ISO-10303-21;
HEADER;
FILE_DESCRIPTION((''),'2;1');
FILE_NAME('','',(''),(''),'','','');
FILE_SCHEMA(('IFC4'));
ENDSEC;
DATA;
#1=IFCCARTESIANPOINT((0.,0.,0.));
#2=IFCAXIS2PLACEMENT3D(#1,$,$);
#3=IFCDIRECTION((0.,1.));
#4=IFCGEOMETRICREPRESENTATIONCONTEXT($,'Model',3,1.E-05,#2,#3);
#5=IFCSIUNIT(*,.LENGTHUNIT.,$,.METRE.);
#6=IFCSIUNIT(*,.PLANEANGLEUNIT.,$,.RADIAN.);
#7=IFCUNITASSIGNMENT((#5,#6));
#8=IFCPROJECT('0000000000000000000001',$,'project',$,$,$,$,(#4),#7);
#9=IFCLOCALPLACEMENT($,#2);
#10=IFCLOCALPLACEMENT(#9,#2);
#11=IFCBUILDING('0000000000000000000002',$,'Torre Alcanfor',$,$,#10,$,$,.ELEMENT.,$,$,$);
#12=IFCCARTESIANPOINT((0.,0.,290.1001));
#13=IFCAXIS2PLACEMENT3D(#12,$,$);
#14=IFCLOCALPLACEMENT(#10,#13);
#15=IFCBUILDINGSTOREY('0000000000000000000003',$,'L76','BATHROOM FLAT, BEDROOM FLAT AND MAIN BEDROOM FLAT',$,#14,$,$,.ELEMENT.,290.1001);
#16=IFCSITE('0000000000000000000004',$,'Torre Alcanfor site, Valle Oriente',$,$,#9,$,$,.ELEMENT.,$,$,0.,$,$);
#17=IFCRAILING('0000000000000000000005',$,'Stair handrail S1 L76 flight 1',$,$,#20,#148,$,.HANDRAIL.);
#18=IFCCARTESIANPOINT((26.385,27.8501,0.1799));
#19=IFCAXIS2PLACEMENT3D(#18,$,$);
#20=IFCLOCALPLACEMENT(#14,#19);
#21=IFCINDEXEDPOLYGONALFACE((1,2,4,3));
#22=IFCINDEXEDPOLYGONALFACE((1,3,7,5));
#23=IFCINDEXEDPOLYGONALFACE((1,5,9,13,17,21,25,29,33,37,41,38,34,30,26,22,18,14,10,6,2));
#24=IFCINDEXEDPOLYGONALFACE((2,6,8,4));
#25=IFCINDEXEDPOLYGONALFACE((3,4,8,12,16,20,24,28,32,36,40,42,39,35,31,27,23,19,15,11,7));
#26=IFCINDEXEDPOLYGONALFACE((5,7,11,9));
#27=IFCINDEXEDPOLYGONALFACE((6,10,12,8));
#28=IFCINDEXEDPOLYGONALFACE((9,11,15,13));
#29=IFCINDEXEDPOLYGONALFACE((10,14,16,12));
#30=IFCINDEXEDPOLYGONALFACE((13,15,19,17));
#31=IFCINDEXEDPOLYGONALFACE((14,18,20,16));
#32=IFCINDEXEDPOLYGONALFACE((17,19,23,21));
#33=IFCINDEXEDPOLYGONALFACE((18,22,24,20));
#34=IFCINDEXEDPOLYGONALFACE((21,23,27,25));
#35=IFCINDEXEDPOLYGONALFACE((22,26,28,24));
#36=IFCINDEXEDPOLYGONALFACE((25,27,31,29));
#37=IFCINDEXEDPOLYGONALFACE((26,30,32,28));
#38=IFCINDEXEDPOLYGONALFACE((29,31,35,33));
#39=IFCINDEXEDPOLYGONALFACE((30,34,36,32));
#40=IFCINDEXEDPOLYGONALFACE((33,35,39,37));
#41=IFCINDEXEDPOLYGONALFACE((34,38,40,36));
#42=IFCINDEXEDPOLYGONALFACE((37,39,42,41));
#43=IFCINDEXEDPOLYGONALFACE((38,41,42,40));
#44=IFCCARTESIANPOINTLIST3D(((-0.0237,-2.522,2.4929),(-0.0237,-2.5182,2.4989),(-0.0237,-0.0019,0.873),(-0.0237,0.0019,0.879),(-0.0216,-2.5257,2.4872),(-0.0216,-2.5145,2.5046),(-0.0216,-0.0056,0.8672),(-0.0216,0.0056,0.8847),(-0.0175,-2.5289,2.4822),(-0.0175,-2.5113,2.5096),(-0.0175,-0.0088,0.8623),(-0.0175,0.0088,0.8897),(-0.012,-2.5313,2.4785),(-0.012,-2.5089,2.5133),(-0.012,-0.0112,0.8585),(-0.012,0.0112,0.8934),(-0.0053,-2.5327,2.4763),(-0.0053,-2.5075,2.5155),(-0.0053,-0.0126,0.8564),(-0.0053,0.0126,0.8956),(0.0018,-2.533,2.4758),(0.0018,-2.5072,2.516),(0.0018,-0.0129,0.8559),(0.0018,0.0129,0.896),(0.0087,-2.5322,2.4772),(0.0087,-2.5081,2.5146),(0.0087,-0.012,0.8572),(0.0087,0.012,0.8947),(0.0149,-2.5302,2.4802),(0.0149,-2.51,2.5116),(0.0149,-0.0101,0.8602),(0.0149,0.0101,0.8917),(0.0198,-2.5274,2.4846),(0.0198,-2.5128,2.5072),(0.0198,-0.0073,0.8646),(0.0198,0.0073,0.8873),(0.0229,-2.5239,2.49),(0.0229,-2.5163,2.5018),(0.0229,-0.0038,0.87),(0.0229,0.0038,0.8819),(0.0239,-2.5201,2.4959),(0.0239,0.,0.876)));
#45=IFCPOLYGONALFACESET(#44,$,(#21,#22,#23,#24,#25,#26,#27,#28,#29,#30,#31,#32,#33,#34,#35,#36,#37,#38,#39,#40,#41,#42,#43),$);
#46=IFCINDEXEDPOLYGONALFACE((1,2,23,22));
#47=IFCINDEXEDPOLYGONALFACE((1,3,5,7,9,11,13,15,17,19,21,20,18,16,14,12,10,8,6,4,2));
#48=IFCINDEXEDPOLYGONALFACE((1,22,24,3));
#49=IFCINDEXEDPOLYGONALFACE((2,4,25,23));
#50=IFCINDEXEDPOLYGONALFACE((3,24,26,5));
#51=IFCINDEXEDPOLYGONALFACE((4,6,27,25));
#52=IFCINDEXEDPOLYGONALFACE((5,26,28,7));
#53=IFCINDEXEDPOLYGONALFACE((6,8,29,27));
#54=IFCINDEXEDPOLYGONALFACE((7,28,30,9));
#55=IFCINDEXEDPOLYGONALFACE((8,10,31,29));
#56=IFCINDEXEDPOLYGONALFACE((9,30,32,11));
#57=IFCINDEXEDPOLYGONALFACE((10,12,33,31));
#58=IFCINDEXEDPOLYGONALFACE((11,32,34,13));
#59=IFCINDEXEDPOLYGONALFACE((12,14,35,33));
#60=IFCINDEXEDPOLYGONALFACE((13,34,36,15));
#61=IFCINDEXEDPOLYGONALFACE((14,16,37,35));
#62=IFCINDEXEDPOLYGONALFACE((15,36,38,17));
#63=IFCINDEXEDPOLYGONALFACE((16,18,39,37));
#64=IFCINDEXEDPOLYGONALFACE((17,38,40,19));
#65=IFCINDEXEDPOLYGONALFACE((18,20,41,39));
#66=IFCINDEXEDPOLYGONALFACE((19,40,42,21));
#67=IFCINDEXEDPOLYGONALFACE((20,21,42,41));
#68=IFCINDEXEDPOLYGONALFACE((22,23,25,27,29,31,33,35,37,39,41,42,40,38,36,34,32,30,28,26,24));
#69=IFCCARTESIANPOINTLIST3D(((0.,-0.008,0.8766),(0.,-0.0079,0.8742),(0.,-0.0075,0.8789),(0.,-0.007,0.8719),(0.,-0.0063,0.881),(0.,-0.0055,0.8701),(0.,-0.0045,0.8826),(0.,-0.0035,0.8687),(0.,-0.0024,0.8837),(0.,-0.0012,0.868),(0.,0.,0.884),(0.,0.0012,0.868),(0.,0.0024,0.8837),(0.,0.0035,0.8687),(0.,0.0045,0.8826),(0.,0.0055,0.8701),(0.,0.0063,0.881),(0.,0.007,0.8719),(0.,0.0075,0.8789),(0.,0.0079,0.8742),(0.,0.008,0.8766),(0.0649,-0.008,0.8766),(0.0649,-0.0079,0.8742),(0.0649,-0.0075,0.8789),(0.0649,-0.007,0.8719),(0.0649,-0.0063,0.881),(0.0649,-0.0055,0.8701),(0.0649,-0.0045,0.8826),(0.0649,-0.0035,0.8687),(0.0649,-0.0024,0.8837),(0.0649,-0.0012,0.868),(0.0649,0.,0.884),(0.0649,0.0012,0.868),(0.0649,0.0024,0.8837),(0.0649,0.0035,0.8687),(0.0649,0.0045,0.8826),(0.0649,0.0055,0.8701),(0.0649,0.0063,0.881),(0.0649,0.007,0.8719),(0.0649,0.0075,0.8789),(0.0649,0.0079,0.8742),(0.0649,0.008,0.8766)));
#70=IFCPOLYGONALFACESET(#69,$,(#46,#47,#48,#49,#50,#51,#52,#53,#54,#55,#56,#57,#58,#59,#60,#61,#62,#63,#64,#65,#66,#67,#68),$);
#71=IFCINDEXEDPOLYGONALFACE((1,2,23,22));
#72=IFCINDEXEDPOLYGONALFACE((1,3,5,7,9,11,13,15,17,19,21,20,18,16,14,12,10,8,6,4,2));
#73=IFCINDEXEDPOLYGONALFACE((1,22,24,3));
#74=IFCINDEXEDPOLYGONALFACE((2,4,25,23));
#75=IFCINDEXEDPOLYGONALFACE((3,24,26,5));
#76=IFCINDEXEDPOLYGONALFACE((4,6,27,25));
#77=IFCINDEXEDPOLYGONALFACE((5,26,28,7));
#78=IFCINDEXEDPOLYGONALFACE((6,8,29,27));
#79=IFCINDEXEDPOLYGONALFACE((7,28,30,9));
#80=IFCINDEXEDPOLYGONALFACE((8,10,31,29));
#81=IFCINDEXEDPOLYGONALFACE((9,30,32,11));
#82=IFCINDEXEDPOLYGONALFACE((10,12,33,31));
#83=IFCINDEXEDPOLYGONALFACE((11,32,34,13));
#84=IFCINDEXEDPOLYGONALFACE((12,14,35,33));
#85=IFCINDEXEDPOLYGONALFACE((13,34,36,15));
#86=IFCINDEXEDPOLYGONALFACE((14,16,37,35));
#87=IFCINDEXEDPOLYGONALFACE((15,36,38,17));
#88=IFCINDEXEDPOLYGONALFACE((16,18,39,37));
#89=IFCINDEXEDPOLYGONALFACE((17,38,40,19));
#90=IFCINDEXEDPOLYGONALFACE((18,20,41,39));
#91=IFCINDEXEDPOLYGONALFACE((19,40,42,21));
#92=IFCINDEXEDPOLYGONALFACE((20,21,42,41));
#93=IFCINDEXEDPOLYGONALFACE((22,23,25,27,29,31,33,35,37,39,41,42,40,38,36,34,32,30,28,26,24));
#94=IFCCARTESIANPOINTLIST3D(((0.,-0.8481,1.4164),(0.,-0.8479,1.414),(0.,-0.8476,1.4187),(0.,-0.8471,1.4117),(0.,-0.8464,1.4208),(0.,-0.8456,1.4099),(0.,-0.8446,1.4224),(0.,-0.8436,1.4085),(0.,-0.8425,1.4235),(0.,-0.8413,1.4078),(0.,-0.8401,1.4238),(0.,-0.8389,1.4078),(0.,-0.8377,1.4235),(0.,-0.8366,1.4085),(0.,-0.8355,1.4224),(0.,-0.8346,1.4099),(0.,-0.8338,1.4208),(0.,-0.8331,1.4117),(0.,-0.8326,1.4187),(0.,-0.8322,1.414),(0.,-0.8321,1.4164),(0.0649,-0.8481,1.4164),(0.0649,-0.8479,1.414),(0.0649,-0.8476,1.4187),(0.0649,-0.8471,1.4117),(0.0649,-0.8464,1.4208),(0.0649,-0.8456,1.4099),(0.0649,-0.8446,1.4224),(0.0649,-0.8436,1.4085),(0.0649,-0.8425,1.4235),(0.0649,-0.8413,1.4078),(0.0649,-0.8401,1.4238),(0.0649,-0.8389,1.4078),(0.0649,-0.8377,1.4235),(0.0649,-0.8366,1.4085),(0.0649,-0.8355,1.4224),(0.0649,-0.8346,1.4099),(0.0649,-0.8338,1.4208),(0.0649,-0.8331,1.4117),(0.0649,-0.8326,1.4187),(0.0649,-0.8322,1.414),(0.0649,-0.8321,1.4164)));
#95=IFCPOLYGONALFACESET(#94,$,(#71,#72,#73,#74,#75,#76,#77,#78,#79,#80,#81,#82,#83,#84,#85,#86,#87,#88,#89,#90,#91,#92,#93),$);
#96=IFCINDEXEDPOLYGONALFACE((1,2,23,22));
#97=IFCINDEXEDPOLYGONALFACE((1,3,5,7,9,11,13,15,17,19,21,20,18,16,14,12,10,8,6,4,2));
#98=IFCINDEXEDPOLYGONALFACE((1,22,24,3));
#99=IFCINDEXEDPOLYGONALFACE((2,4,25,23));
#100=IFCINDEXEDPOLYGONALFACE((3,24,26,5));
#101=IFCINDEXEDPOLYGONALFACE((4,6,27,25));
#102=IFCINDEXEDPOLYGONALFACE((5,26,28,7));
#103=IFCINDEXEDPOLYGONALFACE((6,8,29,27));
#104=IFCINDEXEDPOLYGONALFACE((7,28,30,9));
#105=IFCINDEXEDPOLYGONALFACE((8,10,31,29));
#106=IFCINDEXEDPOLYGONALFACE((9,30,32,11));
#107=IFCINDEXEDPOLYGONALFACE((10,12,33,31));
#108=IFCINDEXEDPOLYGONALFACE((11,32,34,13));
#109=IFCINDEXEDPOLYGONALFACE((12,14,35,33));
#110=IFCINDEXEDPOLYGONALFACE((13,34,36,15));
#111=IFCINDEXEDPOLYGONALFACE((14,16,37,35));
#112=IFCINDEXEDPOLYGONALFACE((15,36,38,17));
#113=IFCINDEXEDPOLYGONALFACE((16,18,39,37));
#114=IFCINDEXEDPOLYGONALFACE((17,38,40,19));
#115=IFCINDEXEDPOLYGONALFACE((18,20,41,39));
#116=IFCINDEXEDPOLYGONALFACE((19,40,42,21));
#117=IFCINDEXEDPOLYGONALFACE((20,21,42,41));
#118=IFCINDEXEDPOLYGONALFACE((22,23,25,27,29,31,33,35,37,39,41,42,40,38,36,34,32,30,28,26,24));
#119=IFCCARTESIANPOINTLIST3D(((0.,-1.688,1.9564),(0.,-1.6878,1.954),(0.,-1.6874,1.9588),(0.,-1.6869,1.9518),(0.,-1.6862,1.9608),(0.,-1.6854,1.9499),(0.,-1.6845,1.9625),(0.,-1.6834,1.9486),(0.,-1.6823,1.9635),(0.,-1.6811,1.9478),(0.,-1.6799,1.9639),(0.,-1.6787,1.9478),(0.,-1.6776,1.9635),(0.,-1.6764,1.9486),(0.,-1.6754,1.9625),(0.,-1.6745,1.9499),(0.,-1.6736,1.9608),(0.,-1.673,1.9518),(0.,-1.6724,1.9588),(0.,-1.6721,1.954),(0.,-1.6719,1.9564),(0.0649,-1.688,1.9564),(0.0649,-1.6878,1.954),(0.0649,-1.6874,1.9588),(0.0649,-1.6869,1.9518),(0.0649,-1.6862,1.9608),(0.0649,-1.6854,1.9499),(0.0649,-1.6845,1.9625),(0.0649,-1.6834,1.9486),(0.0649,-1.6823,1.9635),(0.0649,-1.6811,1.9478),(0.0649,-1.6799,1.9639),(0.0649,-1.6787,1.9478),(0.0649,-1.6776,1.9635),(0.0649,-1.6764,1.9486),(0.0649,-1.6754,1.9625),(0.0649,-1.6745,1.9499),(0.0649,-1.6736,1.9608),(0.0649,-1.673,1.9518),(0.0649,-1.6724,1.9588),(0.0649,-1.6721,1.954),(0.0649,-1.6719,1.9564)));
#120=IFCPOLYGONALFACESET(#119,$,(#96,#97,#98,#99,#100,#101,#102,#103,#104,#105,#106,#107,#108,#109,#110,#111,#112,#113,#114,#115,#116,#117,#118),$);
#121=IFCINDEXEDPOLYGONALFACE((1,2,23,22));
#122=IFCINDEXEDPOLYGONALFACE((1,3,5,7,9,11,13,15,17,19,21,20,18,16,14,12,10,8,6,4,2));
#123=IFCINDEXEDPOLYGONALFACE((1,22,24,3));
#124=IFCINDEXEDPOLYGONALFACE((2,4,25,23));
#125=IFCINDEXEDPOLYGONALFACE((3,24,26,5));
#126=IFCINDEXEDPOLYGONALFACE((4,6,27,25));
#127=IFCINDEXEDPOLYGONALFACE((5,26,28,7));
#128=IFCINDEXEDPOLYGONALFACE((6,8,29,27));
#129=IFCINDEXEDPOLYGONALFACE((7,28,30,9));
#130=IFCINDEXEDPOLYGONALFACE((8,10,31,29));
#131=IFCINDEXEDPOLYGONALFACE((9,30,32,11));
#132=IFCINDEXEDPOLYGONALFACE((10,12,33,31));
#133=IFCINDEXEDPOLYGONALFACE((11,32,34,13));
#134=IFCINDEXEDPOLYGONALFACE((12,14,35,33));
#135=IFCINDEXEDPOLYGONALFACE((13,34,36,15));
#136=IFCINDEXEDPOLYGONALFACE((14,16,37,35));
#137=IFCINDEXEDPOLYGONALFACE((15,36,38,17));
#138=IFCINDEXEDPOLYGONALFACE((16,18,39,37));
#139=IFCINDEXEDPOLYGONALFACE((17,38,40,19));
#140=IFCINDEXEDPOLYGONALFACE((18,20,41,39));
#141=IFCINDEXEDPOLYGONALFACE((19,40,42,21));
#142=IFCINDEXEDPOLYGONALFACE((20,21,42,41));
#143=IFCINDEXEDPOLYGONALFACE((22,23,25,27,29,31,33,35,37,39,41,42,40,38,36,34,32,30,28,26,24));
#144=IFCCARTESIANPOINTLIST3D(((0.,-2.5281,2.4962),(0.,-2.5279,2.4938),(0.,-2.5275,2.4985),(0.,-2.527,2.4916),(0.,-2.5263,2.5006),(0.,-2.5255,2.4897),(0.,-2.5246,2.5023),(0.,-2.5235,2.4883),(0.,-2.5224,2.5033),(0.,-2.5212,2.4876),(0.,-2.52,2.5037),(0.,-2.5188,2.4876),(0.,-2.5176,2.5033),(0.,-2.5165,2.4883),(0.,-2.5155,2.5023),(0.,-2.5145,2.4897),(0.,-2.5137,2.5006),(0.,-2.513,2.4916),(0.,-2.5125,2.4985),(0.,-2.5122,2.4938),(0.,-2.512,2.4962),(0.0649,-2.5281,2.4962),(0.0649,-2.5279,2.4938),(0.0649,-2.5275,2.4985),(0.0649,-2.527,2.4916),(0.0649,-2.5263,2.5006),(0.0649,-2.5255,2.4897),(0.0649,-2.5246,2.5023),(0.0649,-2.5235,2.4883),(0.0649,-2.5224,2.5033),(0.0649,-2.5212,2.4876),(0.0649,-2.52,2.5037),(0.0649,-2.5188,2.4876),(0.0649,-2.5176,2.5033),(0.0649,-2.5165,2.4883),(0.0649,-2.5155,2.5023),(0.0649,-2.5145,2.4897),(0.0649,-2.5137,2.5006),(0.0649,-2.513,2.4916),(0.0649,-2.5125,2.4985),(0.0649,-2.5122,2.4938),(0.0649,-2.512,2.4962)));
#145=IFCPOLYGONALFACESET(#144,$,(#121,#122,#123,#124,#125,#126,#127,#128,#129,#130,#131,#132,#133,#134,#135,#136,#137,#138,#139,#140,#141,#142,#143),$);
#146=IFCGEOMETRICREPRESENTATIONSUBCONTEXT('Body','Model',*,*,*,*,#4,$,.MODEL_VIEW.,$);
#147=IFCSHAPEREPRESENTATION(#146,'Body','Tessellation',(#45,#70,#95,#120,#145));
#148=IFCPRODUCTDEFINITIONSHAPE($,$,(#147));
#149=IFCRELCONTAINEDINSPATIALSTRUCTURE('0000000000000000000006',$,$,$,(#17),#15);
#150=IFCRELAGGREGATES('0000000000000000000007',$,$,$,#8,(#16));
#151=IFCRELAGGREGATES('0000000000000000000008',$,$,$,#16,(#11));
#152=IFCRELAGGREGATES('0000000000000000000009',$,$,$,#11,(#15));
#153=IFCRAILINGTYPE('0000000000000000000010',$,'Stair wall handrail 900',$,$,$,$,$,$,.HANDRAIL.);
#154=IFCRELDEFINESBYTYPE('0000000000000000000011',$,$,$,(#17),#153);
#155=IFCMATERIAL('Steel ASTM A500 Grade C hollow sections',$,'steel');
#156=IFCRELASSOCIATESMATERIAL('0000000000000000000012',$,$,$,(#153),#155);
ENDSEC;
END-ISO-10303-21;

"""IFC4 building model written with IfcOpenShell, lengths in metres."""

from ifc_helpers import new_model, si_unit, direction, frame, origin, origin_2d, place, context, subcontext, project, spatial, circle, extrude, material, type_object, element, save


model = new_model("IFC4")

# Units and contexts
model_context = context("Model", 3, precision=1e-05, world=origin(), true_north=direction((0.0, 1.0)))
body_context = subcontext(model_context, "Body", "Model", "MODEL_VIEW")
ifc_project = project(units=[si_unit("LENGTHUNIT", "METRE"), si_unit("PLANEANGLEUNIT", "RADIAN")], contexts=[model_context])

# Site, building, storey
site_placement = place(None, origin())
site = spatial("IfcSite", under=ifc_project, at=site_placement, Name="Torre Alcanfor site, Valle Oriente", CompositionType="ELEMENT", RefElevation=0.0)
building_placement = place(site_placement, origin())
building = spatial("IfcBuilding", under=site, at=building_placement, Name="Torre Alcanfor", CompositionType="ELEMENT")
storey_placement = place(building_placement, frame((0.0, 0.0, 290.1001)))
storey = spatial("IfcBuildingStorey", under=building, at=storey_placement, Name="L76", Description="BATHROOM FLAT, BEDROOM FLAT AND MAIN BEDROOM FLAT", CompositionType="ELEMENT", Elevation=290.1001)

# Railing
ifc_material_1 = material(Name="Steel ASTM A500 Grade C hollow sections", Category="steel")
railing_type_1 = type_object("IfcRailingType", Name="Stair wall handrail 900", PredefinedType="HANDRAIL", material=ifc_material_1)
railing_1_placement = place(storey_placement, frame((26.385, 27.8501, 0.1799)))
element("IfcRailing", 1, at=railing_1_placement, inside=storey, type_object=railing_type_1, Name="Stair handrail S1 L76 flight 1", PredefinedType="HANDRAIL", context=body_context, shape_type="SweptSolid", body=[
    extrude(circle(Radius=0.0239, at=origin_2d()), frame((0.0, 0.0, 0.876), z_axis=(0.0, -0.8412, 0.540725), x_axis=(1.0, 0.0, 0.0)), (0.0, 0.0, 1.0), 2.9958),
    extrude(circle(Radius=0.0081, at=origin_2d()), frame((0.0, 0.0, 0.876), z_axis=(1.0, 0.0, 0.0), x_axis=(0.0, 0.0, 1.0)), (0.0, 0.0, 1.0), 0.0649),
    extrude(circle(Radius=0.0081, at=origin_2d()), frame((0.0, -0.8401, 1.4158), z_axis=(1.0, 0.0, 0.0), x_axis=(0.0, 0.0, 1.0)), (0.0, 0.0, 1.0), 0.0649),
    extrude(circle(Radius=0.0081, at=origin_2d()), frame((0.0, -1.6799, 1.9558), z_axis=(1.0, 0.0, 0.0), x_axis=(0.0, 0.0, 1.0)), (0.0, 0.0, 1.0), 0.0649),
    extrude(circle(Radius=0.0081, at=origin_2d()), frame((0.0, -2.52, 2.4956), z_axis=(1.0, 0.0, 0.0), x_axis=(0.0, 0.0, 1.0)), (0.0, 0.0, 1.0), 0.0649),
])

save(model, "model.ifc")
